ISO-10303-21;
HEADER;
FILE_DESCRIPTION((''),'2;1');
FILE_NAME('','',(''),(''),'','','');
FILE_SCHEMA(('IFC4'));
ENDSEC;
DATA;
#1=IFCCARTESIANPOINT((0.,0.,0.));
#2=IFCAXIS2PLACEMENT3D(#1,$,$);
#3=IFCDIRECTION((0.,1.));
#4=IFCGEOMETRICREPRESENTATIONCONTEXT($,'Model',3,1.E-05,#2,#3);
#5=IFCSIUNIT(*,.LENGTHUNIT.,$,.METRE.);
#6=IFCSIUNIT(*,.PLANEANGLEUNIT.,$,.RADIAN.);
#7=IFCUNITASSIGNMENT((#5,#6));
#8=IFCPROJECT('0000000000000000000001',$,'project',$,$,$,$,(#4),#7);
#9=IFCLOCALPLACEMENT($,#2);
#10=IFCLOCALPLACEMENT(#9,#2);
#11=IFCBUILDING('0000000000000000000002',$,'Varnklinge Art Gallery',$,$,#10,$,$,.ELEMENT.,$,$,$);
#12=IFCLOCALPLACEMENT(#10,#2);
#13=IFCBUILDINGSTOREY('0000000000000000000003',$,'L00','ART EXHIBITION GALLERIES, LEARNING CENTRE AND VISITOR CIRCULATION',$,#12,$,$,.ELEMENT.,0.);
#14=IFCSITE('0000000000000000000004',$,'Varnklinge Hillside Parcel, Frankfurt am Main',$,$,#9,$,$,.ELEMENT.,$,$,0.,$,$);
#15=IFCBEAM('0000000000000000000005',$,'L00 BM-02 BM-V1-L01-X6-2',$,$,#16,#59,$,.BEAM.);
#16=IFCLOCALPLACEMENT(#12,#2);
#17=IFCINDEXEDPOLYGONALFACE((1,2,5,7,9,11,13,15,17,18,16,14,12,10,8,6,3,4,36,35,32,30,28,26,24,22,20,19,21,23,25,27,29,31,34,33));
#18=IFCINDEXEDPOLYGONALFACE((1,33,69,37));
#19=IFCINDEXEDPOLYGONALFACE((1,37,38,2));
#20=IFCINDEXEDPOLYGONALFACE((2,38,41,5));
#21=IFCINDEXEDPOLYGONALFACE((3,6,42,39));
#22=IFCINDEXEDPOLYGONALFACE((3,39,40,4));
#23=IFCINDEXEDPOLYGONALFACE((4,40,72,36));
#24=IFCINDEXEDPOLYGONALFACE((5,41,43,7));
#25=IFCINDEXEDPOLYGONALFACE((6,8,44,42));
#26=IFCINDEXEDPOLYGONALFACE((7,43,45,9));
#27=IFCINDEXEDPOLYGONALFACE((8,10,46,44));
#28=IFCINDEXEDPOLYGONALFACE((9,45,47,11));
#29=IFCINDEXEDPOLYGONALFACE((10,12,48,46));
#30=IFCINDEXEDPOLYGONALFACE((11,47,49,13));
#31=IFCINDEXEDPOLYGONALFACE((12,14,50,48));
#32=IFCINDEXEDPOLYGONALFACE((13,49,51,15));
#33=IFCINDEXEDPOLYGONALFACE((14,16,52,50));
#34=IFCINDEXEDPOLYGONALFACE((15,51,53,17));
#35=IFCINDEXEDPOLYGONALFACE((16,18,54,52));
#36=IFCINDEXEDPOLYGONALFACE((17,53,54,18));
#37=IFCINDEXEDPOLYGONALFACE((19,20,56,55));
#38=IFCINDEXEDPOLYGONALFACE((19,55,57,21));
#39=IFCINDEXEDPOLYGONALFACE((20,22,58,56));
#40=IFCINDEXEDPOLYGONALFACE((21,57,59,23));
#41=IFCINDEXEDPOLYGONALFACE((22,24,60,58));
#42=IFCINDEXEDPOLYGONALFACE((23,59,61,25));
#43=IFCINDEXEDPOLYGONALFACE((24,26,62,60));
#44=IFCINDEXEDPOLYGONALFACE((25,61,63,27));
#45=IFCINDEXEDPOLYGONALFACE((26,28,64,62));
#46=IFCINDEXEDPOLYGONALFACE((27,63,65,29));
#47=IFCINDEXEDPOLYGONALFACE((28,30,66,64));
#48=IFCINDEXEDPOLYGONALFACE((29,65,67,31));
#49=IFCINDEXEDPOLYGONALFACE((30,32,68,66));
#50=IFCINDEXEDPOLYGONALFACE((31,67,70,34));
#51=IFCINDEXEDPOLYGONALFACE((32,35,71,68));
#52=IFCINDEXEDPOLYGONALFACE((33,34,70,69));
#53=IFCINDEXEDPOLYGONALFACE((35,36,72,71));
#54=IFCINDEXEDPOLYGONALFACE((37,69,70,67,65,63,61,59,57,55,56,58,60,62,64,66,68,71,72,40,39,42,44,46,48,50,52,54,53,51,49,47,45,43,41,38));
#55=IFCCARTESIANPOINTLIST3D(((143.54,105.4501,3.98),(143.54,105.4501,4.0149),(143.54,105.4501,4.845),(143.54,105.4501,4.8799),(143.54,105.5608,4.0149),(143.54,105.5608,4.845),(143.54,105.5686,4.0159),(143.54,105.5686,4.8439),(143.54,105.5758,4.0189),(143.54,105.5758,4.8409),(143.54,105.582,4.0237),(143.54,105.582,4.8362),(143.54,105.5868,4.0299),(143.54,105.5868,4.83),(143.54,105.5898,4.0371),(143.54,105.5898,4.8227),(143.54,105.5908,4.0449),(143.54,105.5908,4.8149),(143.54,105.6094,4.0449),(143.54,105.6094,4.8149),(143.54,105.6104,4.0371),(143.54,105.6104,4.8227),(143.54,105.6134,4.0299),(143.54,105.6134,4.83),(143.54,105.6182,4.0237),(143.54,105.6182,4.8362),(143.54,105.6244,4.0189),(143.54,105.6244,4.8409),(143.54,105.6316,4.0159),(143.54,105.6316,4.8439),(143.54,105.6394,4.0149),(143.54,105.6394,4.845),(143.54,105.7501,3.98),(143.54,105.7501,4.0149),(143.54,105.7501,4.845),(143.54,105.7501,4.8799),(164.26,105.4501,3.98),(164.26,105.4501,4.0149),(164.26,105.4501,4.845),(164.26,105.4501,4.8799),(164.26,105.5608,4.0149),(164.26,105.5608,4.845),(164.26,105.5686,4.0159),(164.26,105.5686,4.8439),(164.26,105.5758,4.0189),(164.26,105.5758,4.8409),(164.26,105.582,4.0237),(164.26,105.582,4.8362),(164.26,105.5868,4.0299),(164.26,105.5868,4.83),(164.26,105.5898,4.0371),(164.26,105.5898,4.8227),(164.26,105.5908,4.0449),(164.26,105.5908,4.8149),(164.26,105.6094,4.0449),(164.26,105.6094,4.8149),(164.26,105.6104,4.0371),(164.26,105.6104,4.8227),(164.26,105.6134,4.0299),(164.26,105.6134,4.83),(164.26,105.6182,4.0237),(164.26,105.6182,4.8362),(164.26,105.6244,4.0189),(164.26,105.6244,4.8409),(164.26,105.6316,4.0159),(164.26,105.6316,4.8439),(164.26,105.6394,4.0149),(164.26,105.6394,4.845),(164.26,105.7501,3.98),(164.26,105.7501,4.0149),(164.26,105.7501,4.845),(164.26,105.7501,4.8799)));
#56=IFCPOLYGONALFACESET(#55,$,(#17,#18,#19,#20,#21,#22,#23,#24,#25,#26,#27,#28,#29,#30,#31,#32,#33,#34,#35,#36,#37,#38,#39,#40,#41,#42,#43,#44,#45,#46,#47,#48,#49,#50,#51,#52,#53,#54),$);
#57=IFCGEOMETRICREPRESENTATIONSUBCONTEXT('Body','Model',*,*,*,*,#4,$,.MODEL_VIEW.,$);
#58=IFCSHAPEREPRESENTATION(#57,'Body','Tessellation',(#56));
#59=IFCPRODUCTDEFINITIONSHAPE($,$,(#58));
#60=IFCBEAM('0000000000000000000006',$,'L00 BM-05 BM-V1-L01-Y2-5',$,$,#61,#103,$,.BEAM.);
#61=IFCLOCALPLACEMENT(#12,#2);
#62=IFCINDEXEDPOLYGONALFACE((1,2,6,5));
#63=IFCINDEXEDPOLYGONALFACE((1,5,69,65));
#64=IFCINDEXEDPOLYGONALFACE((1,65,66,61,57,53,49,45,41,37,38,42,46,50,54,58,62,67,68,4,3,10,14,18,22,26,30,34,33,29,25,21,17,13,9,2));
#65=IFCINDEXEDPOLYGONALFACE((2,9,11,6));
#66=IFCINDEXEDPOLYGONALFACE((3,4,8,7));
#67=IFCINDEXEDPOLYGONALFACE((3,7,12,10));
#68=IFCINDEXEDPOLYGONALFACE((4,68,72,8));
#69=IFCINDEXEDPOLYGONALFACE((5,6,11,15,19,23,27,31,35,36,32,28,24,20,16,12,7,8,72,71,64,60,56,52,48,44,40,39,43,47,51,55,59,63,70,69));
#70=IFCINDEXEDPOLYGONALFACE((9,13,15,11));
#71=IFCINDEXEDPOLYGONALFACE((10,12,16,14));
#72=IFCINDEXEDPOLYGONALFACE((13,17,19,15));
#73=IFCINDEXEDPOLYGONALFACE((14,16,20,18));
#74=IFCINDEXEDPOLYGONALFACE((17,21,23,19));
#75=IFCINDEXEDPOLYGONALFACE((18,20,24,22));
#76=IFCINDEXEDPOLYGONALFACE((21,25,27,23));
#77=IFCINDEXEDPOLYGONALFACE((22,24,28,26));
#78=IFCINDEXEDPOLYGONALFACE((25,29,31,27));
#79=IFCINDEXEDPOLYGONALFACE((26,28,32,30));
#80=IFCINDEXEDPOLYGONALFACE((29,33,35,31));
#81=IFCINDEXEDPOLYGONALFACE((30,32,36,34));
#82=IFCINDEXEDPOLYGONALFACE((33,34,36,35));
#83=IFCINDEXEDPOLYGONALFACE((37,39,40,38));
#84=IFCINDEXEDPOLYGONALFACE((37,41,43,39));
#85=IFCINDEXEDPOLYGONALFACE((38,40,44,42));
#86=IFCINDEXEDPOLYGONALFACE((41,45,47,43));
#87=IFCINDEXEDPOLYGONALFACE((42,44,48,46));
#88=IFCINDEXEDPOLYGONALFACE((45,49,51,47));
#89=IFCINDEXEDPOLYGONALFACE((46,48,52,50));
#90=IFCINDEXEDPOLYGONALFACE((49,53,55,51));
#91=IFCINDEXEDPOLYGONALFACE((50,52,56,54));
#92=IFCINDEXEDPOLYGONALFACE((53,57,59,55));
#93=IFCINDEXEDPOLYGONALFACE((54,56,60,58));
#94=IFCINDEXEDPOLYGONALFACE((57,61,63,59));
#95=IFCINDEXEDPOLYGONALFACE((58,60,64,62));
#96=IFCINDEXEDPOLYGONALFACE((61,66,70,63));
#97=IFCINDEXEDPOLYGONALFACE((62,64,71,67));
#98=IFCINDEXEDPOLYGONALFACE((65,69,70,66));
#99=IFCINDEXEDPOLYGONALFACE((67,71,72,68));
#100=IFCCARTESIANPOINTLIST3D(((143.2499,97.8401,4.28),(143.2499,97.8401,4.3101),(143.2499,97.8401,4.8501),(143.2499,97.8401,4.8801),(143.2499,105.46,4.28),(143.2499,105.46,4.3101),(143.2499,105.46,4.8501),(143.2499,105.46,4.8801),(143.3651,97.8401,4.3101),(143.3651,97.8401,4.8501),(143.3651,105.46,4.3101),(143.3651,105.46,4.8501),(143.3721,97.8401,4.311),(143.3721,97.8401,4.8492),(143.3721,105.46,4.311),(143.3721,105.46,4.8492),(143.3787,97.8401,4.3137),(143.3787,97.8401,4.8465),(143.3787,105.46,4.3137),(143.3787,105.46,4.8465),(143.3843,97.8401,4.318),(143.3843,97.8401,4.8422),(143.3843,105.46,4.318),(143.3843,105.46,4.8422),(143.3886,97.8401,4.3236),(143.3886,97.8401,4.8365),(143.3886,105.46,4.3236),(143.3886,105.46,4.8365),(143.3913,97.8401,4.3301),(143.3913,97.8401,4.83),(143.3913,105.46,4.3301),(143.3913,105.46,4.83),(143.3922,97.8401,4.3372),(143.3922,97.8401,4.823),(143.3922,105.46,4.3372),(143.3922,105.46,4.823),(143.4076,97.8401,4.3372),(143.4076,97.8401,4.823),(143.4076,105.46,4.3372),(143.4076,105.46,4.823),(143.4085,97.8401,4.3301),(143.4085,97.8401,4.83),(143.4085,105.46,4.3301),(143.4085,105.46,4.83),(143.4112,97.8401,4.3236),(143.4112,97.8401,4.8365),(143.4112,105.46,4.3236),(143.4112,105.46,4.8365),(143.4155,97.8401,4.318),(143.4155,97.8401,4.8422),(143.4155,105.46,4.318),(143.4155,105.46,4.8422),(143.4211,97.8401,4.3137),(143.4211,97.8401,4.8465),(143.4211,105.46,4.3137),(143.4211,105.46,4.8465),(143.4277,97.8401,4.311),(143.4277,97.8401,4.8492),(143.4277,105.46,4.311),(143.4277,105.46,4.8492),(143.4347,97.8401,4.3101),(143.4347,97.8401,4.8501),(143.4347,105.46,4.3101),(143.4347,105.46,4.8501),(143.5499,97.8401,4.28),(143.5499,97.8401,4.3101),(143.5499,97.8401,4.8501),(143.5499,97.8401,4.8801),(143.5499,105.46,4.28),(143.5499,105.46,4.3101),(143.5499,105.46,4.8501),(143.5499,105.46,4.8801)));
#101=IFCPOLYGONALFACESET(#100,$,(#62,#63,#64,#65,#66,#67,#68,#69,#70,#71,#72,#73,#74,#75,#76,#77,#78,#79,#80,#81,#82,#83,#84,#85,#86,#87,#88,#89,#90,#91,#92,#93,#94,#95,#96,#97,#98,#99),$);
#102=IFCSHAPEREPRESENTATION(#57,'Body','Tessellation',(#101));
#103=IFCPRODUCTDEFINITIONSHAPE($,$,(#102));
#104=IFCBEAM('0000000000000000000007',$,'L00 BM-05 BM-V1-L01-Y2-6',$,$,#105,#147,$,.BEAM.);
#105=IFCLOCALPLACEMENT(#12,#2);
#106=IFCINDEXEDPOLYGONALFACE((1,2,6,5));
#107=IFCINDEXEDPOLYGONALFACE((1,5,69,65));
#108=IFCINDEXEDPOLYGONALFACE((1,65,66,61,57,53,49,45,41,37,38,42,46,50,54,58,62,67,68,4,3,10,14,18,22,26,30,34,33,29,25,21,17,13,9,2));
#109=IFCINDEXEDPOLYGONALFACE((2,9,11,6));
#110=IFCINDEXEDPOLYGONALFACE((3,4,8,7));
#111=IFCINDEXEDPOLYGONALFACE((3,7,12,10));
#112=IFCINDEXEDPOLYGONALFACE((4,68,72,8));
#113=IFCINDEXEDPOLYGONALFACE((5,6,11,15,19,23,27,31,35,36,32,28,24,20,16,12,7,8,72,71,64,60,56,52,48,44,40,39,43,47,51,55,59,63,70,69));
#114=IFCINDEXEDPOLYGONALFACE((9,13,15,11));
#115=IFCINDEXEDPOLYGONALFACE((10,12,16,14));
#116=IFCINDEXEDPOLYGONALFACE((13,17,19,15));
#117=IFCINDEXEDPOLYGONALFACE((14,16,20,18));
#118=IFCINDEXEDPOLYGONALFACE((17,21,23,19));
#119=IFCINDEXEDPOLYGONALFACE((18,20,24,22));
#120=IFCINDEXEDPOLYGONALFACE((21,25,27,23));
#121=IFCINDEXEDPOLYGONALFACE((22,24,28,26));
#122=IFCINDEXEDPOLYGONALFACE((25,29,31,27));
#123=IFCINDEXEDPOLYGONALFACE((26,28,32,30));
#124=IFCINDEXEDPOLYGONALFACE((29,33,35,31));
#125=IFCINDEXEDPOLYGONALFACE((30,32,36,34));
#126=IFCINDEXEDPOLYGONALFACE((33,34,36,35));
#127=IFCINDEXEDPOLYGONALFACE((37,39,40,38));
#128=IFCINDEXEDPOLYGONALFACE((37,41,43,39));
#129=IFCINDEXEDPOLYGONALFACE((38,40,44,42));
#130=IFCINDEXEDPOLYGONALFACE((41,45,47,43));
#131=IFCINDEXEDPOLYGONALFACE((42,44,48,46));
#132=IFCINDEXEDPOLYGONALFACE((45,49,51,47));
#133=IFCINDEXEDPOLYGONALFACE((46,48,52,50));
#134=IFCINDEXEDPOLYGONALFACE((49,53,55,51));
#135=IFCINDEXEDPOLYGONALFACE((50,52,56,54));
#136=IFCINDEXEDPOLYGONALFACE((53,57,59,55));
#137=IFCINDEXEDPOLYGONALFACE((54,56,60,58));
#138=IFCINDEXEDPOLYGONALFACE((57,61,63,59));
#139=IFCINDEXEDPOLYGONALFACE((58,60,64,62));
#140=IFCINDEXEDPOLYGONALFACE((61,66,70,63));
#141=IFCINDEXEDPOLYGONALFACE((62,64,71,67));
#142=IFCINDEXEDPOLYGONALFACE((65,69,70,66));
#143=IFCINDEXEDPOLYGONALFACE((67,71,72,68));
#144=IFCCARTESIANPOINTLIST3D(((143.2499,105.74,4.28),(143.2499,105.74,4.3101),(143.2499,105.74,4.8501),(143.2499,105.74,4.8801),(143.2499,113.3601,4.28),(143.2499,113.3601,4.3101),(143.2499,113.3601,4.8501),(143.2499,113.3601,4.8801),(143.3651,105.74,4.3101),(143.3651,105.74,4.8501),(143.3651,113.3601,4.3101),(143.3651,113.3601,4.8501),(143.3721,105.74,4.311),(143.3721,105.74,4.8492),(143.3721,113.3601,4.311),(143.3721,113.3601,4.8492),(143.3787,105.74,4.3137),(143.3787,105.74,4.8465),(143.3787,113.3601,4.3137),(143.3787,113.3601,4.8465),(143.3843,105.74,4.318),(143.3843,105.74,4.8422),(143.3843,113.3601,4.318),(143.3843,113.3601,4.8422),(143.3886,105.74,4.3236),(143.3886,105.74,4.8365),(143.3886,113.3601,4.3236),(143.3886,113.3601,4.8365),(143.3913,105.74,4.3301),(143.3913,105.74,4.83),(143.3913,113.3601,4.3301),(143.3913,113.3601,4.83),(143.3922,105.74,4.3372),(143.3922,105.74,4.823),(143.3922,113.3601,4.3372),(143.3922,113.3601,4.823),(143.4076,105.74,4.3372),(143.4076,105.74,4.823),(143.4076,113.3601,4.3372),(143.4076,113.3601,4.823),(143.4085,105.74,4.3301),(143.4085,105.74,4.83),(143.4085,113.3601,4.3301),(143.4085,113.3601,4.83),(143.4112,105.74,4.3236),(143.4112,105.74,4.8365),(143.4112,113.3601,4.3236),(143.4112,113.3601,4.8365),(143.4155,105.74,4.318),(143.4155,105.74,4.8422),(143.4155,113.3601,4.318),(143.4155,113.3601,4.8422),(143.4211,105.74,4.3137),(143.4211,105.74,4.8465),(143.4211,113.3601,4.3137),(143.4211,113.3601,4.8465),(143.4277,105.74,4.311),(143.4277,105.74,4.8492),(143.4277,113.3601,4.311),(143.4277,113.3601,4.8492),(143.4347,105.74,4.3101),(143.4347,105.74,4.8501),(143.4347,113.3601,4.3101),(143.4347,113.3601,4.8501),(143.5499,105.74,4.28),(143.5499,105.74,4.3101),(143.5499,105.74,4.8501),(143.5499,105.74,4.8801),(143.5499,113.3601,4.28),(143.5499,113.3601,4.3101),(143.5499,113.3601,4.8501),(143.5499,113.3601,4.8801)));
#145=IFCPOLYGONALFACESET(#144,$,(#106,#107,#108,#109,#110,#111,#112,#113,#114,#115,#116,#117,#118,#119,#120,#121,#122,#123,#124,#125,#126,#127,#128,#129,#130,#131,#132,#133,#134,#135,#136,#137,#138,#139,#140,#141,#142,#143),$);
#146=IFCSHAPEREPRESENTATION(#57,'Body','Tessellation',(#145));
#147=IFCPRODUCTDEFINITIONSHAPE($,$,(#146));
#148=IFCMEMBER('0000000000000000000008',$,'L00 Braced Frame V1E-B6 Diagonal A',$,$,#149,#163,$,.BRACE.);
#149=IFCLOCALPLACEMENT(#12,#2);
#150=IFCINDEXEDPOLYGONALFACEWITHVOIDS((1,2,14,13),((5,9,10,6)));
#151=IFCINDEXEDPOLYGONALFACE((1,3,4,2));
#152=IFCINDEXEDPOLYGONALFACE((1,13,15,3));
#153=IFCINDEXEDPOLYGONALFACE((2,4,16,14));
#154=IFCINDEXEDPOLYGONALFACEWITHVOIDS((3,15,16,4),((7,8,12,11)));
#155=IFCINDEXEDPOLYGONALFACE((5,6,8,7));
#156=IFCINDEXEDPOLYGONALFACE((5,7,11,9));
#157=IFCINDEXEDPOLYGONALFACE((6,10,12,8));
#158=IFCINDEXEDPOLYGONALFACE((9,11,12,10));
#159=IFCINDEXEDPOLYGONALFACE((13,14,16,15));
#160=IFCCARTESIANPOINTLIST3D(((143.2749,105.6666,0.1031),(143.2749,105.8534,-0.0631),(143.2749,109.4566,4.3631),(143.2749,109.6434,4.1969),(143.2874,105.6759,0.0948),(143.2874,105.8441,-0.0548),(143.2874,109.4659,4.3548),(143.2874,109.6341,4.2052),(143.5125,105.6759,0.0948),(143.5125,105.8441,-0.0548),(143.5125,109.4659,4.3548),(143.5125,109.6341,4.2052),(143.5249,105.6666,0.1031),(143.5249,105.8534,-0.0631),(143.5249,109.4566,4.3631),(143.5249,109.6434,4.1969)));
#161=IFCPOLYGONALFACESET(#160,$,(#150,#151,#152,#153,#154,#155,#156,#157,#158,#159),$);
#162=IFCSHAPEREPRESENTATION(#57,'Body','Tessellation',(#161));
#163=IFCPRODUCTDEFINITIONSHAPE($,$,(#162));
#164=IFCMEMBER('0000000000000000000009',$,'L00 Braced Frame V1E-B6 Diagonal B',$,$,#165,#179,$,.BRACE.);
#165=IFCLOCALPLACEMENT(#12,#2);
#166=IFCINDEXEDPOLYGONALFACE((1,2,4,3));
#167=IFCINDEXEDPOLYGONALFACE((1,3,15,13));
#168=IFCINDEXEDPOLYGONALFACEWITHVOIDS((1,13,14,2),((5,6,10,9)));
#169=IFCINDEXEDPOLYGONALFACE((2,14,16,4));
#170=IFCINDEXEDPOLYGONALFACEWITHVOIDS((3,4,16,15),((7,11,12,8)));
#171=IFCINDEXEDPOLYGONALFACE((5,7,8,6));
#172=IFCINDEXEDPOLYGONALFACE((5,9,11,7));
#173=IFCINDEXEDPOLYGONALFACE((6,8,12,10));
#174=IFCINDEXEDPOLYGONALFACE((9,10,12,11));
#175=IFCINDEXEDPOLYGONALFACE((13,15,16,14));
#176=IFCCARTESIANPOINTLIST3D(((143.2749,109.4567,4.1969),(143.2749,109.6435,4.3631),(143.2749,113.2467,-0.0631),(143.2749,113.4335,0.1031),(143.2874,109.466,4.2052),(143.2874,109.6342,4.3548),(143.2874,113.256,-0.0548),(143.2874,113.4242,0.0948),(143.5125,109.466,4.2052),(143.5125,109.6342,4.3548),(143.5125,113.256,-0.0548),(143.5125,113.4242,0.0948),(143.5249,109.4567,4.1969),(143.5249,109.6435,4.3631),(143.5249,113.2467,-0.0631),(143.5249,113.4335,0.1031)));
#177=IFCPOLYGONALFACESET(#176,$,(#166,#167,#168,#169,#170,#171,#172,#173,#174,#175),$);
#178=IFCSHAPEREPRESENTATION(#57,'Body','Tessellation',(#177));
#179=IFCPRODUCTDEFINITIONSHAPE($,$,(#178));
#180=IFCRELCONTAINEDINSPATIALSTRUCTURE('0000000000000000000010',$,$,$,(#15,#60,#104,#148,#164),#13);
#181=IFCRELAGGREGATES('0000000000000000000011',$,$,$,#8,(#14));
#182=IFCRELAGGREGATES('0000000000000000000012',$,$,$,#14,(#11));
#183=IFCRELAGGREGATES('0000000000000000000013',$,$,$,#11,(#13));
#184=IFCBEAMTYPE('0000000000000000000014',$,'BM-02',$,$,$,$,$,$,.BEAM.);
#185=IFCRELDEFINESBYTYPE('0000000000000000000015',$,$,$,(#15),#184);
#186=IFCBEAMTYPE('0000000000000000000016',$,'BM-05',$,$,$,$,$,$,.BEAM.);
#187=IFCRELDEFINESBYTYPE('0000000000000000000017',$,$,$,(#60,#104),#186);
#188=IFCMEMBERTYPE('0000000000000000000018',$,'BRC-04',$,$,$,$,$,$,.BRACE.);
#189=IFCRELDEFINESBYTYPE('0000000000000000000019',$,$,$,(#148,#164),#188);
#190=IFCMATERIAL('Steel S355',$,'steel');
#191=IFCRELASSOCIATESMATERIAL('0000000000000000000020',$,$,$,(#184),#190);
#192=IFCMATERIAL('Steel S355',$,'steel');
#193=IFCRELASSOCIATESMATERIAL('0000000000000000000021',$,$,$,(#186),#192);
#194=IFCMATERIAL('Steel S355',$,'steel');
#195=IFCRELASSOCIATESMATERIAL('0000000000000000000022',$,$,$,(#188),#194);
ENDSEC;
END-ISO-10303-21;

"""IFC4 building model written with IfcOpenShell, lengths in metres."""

from ifc_helpers import new_model, si_unit, direction, frame, origin, origin_2d, place, context, subcontext, project, spatial, hollow_rectangle, i_section, extrude, material, material_profile, profile_set, type_object, element, save


model = new_model("IFC4")

# Units and contexts
model_context = context("Model", 3, precision=1e-05, world=origin(), true_north=direction((0.0, 1.0)))
body_context = subcontext(model_context, "Body", "Model", "MODEL_VIEW")
ifc_project = project(units=[si_unit("LENGTHUNIT", "METRE"), si_unit("PLANEANGLEUNIT", "RADIAN")], contexts=[model_context])

# Site, building, storey
site_placement = place(None, origin())
site = spatial("IfcSite", under=ifc_project, at=site_placement, Name="Varnklinge Hillside Parcel, Frankfurt am Main", CompositionType="ELEMENT", RefElevation=0.0)
building_placement = place(site_placement, origin())
building = spatial("IfcBuilding", under=site, at=building_placement, Name="Varnklinge Art Gallery", CompositionType="ELEMENT")
storey_placement = place(building_placement, origin())
storey = spatial("IfcBuildingStorey", under=building, at=storey_placement, Name="L00", Description="ART EXHIBITION GALLERIES, LEARNING CENTRE AND VISITOR CIRCULATION", CompositionType="ELEMENT", Elevation=0.0)

# Beams
ifc_material_1 = material(Name="Steel S355", Category="steel")
ifc_material_profile_1 = material_profile(ifc_material_1, i_section(OverallWidth=0.3, OverallDepth=0.8999, WebThickness=0.0186, FlangeThickness=0.0349, FilletRadius=0.03, at=origin_2d()), Name="HEB 900")
ifc_profile_set_1 = profile_set([ifc_material_profile_1], Name="Steel S355")
beam_type_1 = type_object("IfcBeamType", Name="BM-02", PredefinedType="BEAM", material=ifc_profile_set_1)
beam_1_placement = place(storey_placement, frame((143.54, 105.6001, 4.4299), z_axis=(1.0, 0.0, 0.0), x_axis=(0.0, 1.0, 0.0)))
element("IfcBeam", 1, at=beam_1_placement, inside=storey, type_object=beam_type_1, Name="L00 BM-02 BM-V1-L01-X6-2", PredefinedType="BEAM", context=body_context, shape_type="SweptSolid", body=[
    extrude(i_section(OverallWidth=0.3, OverallDepth=0.8999, WebThickness=0.0186, FlangeThickness=0.0349, FilletRadius=0.03, at=origin_2d()), origin(), (0.0, 0.0, 1.0), 20.72),
])
ifc_material_2 = material(Name="Steel S355", Category="steel")
ifc_material_profile_2 = material_profile(ifc_material_2, i_section(OverallWidth=0.3, OverallDepth=0.6001, WebThickness=0.0154, FlangeThickness=0.03, FilletRadius=0.0271, at=origin_2d()), Name="HEB 600")
ifc_profile_set_2 = profile_set([ifc_material_profile_2], Name="Steel S355")
beam_type_2 = type_object("IfcBeamType", Name="BM-05", PredefinedType="BEAM", material=ifc_profile_set_2)
beam_2_placement = place(storey_placement, frame((143.3999, 97.8401, 4.5801), z_axis=(0.0, 1.0, 0.0), x_axis=(-1.0, 0.0, 0.0)))
element("IfcBeam", 2, at=beam_2_placement, inside=storey, type_object=beam_type_2, Name="L00 BM-05 BM-V1-L01-Y2-5", PredefinedType="BEAM", context=body_context, shape_type="SweptSolid", body=[
    extrude(i_section(OverallWidth=0.3, OverallDepth=0.6001, WebThickness=0.0154, FlangeThickness=0.03, FilletRadius=0.0271, at=origin_2d()), origin(), (0.0, 0.0, 1.0), 7.6199),
])
beam_3_placement = place(storey_placement, frame((143.3999, 105.74, 4.5801), z_axis=(0.0, 1.0, 0.0), x_axis=(-1.0, 0.0, 0.0)))
element("IfcBeam", 3, at=beam_3_placement, inside=storey, type_object=beam_type_2, Name="L00 BM-05 BM-V1-L01-Y2-6", PredefinedType="BEAM", context=body_context, shape_type="SweptSolid", body=[
    extrude(i_section(OverallWidth=0.3, OverallDepth=0.6001, WebThickness=0.0154, FlangeThickness=0.03, FilletRadius=0.0271, at=origin_2d()), origin(), (0.0, 0.0, 1.0), 7.6201),
])

# Members
ifc_material_3 = material(Name="Steel S355", Category="steel")
ifc_material_profile_3 = material_profile(ifc_material_3, hollow_rectangle(XDim=0.25, YDim=0.25, WallThickness=0.0125, at=origin_2d()), Name="SHS 250x250x12.5")
ifc_profile_set_3 = profile_set([ifc_material_profile_3], Name="Steel S355")
member_type = type_object("IfcMemberType", Name="BRC-04", PredefinedType="BRACE", material=ifc_profile_set_3)
for number, where, z_axis, x_axis, name in (
    (4, (143.3999, 105.76, 0.02), (0.0, 0.664693, 0.747116), (-1.0, 0.0, 0.0), "L00 Braced Frame V1E-B6 Diagonal A"),
    (5, (143.3999, 113.3401, 0.02), (0.0, -0.664693, 0.747116), (1.0, 0.0, 0.0), "L00 Braced Frame V1E-B6 Diagonal B"),
):
    element("IfcMember", number, at=place(storey_placement, frame(where, z_axis=z_axis, x_axis=x_axis)), inside=storey, type_object=member_type, Name=name, PredefinedType="BRACE", context=body_context, shape_type="SweptSolid", body=[
        extrude(hollow_rectangle(XDim=0.25, YDim=0.25, WallThickness=0.0125, at=origin_2d()), origin(), (0.0, 0.0, 1.0), 5.7019),
    ])

save(model, "model.ifc")
